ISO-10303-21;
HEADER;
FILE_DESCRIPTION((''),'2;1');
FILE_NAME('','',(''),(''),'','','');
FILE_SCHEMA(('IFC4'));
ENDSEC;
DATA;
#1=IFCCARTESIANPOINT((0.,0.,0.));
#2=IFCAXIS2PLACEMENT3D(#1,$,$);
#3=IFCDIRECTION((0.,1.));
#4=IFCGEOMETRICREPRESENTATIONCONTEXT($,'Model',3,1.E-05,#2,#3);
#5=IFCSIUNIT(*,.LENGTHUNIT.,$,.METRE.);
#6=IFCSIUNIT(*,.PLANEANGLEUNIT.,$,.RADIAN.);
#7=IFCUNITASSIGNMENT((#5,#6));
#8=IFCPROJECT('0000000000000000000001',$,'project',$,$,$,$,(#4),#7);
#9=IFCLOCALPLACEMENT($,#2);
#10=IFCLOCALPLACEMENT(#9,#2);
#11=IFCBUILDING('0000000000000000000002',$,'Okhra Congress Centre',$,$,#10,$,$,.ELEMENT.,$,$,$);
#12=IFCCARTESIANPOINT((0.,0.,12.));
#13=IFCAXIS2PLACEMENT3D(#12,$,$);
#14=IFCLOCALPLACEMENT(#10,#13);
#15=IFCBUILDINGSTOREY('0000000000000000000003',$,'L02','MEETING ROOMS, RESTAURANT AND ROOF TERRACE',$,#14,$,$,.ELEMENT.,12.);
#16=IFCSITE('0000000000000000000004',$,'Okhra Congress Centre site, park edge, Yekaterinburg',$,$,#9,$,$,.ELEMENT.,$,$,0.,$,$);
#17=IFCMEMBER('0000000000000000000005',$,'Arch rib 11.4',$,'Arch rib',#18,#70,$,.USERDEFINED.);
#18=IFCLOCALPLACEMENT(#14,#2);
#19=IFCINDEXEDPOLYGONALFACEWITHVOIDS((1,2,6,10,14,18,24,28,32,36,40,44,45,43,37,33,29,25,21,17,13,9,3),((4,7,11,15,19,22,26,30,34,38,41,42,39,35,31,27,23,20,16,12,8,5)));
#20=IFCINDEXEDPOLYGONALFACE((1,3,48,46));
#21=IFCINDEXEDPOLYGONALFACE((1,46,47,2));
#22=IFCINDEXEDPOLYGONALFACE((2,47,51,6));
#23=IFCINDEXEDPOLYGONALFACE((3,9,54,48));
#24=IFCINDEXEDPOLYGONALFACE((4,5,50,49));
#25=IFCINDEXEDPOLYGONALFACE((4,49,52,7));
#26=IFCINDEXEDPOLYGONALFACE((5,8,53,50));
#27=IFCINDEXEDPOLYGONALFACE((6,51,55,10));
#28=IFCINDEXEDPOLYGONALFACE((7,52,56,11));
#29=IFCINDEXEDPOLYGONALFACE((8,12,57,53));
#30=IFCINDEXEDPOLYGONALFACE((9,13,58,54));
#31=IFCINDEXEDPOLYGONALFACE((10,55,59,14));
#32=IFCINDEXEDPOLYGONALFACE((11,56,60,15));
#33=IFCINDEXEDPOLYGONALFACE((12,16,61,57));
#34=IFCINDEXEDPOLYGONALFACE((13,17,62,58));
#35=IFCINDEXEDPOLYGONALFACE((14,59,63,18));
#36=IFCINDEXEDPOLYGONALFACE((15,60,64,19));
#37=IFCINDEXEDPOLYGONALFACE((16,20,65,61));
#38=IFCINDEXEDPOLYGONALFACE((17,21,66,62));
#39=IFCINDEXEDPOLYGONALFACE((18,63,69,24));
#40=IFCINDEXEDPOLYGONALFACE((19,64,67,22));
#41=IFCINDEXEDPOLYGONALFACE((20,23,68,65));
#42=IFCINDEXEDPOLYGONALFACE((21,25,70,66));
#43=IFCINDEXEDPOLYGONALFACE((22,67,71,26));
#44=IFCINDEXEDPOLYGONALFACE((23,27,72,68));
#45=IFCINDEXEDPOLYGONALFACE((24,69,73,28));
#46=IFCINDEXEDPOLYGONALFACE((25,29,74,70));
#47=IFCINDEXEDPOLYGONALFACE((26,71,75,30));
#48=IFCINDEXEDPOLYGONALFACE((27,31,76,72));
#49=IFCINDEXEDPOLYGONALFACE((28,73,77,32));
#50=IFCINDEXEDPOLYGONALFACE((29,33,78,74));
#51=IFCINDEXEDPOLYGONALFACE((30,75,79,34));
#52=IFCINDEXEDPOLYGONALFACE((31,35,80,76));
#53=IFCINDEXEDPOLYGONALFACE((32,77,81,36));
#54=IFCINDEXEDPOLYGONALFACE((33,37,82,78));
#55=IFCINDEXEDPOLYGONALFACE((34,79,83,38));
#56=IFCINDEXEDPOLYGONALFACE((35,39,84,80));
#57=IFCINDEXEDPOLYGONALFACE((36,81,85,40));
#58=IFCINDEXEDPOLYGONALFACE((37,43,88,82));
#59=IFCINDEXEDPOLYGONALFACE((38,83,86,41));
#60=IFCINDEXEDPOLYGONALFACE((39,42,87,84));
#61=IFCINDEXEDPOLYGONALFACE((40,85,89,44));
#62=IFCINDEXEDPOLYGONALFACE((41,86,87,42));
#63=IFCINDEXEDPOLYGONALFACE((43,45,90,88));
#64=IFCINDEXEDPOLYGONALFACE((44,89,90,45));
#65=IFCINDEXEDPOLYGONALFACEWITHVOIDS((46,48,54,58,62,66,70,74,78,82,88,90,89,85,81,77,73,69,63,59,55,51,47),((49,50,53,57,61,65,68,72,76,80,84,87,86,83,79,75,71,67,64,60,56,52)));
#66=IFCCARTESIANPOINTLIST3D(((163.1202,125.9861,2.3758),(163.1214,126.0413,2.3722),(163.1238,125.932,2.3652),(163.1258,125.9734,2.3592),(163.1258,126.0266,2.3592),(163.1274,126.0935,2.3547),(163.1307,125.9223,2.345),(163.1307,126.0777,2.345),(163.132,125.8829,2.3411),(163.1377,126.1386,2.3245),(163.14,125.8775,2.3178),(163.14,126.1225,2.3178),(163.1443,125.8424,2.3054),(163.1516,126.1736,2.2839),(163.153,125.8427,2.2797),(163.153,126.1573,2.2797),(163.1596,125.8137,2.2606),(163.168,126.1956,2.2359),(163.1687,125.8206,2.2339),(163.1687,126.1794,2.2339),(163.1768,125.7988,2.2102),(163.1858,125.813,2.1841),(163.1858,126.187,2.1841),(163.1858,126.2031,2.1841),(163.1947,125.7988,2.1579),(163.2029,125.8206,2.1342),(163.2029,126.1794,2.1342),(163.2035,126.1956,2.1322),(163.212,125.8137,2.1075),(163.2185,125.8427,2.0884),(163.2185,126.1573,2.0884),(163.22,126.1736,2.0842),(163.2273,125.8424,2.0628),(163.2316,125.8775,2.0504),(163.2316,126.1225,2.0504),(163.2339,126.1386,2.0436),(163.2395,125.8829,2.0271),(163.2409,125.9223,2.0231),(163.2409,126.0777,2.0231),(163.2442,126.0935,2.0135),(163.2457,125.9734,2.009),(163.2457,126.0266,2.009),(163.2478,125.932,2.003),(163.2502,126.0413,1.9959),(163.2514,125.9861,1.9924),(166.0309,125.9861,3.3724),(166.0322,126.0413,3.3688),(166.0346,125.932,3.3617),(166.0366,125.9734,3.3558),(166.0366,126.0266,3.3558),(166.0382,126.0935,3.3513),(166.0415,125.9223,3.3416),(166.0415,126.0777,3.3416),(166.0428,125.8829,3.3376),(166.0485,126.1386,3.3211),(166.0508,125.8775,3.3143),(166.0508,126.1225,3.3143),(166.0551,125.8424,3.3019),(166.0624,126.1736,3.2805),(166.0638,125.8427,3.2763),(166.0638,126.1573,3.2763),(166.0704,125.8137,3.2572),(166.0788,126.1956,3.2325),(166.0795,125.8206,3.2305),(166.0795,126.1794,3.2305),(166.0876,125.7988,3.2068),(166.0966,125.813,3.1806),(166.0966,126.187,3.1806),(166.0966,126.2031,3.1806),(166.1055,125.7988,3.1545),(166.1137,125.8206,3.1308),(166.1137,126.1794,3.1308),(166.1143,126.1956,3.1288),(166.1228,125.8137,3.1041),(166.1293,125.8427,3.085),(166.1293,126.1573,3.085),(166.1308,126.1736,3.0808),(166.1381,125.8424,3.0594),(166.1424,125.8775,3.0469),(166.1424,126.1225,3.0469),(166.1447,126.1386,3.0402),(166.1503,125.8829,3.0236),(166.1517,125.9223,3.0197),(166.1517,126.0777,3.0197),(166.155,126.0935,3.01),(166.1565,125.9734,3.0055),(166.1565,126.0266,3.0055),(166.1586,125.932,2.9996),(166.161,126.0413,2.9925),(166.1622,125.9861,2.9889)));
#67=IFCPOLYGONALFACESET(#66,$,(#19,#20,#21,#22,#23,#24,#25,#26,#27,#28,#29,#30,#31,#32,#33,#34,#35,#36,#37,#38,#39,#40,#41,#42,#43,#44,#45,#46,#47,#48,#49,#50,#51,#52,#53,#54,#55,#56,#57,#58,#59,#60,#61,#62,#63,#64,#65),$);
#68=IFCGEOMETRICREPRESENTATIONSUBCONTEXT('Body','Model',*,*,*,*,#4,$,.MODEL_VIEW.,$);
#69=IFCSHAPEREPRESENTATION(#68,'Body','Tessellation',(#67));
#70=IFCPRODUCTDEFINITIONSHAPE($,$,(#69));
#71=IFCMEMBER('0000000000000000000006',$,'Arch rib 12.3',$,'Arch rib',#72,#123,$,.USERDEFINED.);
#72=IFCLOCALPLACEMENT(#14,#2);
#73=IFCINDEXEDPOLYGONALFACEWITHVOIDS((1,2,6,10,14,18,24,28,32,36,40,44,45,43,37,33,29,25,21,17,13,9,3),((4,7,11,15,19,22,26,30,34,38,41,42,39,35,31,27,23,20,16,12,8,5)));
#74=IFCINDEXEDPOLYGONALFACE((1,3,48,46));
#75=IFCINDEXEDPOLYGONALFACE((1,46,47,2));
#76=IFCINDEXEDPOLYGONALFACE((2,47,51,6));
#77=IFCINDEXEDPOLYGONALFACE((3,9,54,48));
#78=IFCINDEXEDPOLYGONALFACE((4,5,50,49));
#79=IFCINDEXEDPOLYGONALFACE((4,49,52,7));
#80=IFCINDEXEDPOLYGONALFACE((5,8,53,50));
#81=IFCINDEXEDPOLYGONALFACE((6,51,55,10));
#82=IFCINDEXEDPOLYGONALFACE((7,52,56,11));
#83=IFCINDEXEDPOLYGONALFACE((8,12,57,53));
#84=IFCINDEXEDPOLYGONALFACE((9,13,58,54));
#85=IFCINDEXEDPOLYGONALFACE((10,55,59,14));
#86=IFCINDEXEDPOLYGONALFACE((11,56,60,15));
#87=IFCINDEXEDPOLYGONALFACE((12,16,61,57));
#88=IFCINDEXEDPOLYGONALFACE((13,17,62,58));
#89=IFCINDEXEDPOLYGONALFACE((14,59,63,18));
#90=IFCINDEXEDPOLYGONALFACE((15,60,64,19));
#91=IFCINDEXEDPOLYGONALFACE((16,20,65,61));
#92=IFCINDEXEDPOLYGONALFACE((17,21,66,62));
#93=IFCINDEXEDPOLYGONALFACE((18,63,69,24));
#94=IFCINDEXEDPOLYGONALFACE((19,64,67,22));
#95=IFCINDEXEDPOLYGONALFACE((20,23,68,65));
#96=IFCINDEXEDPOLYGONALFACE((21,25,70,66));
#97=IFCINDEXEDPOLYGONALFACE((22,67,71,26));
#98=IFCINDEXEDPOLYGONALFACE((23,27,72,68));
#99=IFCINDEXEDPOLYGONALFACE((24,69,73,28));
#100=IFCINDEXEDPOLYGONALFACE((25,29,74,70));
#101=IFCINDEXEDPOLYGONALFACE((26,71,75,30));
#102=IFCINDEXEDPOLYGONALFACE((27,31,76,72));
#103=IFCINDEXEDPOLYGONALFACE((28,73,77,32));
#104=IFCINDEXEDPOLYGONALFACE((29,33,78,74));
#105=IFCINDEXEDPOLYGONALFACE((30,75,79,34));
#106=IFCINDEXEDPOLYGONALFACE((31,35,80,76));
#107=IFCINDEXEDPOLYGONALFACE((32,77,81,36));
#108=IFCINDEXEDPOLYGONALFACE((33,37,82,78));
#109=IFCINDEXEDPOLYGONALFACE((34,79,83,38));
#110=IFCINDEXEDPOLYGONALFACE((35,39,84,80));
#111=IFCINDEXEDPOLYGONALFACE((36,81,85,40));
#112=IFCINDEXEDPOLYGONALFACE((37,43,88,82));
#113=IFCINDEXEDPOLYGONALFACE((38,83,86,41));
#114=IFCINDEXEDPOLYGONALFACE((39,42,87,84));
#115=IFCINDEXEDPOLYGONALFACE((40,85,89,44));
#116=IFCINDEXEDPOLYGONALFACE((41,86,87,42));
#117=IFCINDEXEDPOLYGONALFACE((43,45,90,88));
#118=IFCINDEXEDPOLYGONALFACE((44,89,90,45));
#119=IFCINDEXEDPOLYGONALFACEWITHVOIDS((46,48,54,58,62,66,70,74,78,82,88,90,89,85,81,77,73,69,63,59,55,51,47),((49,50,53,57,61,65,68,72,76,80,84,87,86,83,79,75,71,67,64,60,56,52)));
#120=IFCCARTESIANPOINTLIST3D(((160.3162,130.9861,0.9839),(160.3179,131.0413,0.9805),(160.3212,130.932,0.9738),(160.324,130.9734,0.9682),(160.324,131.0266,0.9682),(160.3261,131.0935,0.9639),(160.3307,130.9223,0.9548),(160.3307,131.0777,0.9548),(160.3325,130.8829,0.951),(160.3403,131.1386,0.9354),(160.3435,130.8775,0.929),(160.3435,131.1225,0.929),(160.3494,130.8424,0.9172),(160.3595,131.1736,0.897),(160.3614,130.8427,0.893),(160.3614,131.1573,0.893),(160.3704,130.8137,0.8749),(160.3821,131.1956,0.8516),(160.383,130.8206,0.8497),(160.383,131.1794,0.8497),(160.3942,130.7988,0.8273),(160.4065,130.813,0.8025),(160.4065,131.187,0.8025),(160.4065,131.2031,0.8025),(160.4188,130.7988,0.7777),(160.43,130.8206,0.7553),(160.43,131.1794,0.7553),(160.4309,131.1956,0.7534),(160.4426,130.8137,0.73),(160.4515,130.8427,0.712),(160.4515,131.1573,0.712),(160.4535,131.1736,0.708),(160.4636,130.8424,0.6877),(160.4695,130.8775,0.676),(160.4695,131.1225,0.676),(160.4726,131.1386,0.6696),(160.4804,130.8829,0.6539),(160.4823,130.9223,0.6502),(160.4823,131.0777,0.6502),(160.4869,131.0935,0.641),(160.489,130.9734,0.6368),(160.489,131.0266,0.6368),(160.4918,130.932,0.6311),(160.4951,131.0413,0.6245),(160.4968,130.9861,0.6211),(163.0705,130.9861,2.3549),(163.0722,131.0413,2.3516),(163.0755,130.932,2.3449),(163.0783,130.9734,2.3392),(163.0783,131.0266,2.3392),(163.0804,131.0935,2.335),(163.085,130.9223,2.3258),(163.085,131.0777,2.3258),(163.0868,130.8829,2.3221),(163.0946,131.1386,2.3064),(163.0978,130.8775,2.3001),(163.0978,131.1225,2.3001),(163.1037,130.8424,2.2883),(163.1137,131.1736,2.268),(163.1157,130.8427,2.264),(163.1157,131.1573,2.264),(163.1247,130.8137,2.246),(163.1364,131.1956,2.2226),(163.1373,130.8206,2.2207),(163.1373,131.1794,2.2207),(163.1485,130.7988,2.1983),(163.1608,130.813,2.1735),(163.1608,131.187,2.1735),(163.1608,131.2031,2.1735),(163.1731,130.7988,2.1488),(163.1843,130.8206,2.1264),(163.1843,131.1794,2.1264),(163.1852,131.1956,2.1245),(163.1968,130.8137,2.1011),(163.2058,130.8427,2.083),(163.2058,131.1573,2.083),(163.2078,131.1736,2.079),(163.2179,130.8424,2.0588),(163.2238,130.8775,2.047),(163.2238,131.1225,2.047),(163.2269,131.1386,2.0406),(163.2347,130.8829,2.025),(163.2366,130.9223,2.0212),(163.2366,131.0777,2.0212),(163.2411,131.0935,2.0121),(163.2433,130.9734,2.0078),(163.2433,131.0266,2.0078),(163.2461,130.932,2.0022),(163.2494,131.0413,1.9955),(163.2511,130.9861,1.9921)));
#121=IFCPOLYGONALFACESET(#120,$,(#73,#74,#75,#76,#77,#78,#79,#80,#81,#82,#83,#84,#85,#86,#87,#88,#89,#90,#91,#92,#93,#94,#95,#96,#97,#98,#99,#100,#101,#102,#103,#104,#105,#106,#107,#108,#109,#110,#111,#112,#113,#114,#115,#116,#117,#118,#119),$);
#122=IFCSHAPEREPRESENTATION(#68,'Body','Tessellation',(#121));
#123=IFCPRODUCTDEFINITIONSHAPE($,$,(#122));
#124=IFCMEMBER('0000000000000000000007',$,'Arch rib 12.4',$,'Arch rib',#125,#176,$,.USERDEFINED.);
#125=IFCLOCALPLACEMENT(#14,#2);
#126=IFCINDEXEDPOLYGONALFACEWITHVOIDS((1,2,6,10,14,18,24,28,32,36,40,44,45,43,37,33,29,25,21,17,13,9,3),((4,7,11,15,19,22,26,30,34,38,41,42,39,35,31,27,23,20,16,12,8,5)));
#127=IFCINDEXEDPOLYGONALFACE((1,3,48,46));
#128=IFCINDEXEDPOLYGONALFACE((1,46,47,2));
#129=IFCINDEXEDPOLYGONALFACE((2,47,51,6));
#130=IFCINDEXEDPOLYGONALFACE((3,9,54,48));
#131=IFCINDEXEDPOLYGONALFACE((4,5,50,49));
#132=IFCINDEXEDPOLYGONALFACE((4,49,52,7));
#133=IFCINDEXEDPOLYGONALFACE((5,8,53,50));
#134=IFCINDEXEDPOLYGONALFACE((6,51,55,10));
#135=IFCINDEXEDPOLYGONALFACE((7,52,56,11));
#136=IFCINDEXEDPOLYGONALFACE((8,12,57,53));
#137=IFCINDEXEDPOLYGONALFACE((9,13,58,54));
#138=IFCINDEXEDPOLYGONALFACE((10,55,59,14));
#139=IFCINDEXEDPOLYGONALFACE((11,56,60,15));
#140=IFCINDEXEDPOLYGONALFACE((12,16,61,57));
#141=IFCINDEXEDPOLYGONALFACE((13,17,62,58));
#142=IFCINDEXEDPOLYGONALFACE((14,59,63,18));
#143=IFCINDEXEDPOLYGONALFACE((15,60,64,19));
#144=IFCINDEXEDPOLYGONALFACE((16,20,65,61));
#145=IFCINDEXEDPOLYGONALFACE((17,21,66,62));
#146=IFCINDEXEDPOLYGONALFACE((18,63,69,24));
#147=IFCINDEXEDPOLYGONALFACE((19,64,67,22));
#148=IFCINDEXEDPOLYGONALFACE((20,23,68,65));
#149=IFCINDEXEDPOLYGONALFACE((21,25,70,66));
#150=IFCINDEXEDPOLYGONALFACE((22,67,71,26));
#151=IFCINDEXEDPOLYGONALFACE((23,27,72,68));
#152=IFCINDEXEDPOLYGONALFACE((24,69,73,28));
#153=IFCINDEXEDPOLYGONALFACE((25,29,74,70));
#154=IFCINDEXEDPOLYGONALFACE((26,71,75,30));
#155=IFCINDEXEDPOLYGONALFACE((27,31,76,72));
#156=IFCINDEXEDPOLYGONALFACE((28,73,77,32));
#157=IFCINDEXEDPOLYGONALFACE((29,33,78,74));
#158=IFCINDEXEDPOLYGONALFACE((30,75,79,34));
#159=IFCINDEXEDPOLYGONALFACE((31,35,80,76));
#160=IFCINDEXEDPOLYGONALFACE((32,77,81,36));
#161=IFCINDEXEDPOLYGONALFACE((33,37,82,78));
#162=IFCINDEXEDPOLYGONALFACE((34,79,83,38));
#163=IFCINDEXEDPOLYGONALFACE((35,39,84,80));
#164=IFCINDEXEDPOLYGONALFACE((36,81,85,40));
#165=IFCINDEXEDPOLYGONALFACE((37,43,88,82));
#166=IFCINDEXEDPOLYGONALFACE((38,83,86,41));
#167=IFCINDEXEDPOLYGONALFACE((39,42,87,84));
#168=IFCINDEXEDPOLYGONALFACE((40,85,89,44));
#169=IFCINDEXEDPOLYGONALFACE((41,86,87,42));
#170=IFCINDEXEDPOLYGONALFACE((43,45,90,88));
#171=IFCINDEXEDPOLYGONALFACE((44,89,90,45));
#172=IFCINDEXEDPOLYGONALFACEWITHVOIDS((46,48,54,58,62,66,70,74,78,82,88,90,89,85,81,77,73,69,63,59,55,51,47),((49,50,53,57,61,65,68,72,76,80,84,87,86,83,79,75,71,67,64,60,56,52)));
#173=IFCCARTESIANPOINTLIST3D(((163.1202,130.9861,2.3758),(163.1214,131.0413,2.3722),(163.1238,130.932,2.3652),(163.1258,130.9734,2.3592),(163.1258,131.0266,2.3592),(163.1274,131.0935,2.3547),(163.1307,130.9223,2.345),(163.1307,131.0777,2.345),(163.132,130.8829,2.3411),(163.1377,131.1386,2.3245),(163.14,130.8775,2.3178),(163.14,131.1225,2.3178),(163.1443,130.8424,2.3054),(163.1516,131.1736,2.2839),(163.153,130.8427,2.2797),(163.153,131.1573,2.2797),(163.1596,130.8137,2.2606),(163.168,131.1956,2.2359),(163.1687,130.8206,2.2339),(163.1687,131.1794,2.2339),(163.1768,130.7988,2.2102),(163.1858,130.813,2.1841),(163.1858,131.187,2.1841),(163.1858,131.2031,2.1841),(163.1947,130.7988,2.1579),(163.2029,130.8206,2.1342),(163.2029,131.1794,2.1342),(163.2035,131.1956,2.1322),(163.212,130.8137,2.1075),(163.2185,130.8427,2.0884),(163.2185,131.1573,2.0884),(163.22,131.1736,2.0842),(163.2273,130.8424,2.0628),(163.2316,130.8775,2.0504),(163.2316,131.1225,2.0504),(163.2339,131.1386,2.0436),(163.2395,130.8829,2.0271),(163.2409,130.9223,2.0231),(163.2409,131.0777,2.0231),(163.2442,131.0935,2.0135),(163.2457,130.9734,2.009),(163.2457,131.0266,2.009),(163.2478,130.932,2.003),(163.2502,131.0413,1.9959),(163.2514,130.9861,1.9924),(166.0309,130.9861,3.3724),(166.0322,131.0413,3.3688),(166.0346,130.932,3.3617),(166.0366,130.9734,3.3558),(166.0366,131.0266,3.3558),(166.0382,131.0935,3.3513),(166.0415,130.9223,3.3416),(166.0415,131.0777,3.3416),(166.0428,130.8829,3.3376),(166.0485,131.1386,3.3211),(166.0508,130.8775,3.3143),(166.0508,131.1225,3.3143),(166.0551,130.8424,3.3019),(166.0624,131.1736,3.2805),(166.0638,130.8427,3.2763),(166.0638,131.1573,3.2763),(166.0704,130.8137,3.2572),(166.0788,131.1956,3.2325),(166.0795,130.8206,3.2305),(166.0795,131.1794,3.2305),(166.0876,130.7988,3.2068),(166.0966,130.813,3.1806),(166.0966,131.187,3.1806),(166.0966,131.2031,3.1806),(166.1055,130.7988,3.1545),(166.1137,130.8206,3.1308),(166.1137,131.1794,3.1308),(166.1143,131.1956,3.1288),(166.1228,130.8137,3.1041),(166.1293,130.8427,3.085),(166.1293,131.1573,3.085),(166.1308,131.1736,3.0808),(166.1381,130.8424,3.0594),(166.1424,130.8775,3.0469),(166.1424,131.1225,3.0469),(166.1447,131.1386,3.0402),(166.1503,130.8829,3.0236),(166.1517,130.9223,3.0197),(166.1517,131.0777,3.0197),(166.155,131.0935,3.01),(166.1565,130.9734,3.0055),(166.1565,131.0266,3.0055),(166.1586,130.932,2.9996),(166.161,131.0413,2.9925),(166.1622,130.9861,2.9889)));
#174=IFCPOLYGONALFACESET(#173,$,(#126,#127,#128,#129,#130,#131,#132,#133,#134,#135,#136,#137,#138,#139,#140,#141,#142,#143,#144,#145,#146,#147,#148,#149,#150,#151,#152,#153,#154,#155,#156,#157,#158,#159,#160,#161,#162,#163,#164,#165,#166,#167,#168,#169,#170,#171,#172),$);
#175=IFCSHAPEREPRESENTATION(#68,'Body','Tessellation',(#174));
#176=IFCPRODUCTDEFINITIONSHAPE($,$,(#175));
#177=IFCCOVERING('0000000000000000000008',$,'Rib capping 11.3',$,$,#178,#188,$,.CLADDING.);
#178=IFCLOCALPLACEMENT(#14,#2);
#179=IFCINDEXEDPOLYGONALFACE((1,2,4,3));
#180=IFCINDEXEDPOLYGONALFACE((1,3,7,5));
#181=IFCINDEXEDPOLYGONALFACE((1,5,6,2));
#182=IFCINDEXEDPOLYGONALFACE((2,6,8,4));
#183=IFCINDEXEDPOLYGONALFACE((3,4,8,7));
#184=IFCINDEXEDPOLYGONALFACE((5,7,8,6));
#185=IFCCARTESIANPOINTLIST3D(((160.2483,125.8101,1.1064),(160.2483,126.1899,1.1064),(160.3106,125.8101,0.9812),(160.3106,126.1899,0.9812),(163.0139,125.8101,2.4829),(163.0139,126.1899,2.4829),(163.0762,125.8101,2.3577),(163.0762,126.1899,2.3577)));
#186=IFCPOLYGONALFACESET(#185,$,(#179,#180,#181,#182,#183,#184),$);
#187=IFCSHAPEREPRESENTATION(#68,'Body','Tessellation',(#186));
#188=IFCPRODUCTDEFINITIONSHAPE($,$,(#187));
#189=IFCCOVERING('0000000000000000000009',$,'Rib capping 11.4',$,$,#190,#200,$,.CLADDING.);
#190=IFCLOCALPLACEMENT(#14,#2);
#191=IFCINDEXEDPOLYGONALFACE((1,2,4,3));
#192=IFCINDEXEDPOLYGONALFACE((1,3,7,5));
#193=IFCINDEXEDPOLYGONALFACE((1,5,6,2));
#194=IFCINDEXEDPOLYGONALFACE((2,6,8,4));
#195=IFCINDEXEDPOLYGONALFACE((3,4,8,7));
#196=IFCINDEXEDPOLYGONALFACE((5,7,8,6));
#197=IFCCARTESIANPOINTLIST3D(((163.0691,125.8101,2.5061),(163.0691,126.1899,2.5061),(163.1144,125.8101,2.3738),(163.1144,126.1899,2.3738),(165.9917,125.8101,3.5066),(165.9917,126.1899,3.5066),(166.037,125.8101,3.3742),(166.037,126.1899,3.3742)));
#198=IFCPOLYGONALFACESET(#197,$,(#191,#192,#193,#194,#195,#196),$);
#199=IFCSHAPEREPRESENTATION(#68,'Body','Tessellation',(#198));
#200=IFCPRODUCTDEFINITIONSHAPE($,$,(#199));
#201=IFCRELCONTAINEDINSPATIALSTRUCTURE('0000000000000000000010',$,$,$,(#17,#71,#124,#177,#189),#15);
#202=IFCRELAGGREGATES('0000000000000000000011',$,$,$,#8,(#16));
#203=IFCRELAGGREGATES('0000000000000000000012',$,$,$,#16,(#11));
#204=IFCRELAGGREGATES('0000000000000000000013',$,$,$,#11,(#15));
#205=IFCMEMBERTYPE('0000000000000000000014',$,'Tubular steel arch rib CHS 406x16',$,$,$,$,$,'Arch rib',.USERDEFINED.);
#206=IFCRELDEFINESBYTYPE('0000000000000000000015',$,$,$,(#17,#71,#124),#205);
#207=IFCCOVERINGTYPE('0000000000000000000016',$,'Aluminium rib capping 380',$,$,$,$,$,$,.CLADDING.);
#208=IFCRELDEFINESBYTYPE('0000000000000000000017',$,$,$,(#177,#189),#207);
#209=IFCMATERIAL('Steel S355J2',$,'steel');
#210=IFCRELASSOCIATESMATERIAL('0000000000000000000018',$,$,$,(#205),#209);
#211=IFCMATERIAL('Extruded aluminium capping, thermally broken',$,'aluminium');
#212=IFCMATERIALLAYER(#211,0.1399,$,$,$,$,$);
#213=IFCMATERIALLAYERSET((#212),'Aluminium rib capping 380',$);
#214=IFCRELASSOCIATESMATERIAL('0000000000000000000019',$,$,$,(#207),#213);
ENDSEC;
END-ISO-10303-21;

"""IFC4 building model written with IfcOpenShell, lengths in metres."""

from ifc_helpers import new_model, si_unit, direction, frame, origin, origin_2d, place, context, subcontext, project, spatial, polyline, hollow_circle, outline, extrude, material, layer, layer_set, material_profile, profile_set, type_object, element, save


model = new_model("IFC4")

# Units and contexts
model_context = context("Model", 3, precision=1e-05, world=origin(), true_north=direction((0.0, 1.0)))
body_context = subcontext(model_context, "Body", "Model", "MODEL_VIEW")
ifc_project = project(units=[si_unit("LENGTHUNIT", "METRE"), si_unit("PLANEANGLEUNIT", "RADIAN")], contexts=[model_context])

# Site, building, storey
site_placement = place(None, origin())
site = spatial("IfcSite", under=ifc_project, at=site_placement, Name="Okhra Congress Centre site, park edge, Yekaterinburg", CompositionType="ELEMENT", RefElevation=0.0)
building_placement = place(site_placement, origin())
building = spatial("IfcBuilding", under=site, at=building_placement, Name="Okhra Congress Centre", CompositionType="ELEMENT")
storey_placement = place(building_placement, frame((0.0, 0.0, 12.0)))
storey = spatial("IfcBuildingStorey", under=building, at=storey_placement, Name="L02", Description="MEETING ROOMS, RESTAURANT AND ROOF TERRACE", CompositionType="ELEMENT", Elevation=12.0)

# Members
ifc_material_1 = material(Name="Steel S355J2", Category="steel")
ifc_material_profile_1 = material_profile(ifc_material_1, hollow_circle(Radius=0.2031, WallThickness=0.0161, at=origin_2d()), Name="CHS 406.4x16")
ifc_profile_set_1 = profile_set([ifc_material_profile_1], Name="Steel S355J2")
member_type_1 = type_object("IfcMemberType", Name="Tubular steel arch rib CHS 406x16", ElementType="Arch rib", PredefinedType="USERDEFINED", material=ifc_profile_set_1)
for number, where, z_axis, x_axis, name in (
    (1, (163.1858, 126.0, 2.1841), (0.946089, 0.0, 0.323906), (0.0, 1.0, 0.0), "Arch rib 11.4"),
    (2, (160.4065, 131.0, 0.8025), (0.895219, 0.0, 0.445626), (0.0, 1.0, 0.0), "Arch rib 12.3"),
    (3, (163.1858, 131.0, 2.1841), (0.946089, 0.0, 0.323906), (0.0, 1.0, 0.0), "Arch rib 12.4"),
):
    element("IfcMember", number, at=place(storey_placement, frame(where, z_axis=z_axis, x_axis=x_axis)), inside=storey, type_object=member_type_1, Name=name, ObjectType="Arch rib", PredefinedType="USERDEFINED", context=body_context, shape_type="SweptSolid", body=[
        extrude(hollow_circle(Radius=0.2031, WallThickness=0.0161, at=origin_2d()), origin(), (0.0, 0.0, 1.0), 3.0767),
    ])

# Coverings
ifc_material_2 = material(Name="Extruded aluminium capping, thermally broken", Category="aluminium")
ifc_layer_1 = layer(ifc_material_2, 0.1399)
ifc_layer_set_1 = layer_set([ifc_layer_1], Name="Aluminium rib capping 380")
covering_type = type_object("IfcCoveringType", Name="Aluminium rib capping 380", PredefinedType="CLADDING", material=ifc_layer_set_1)
covering_1_placement = place(storey_placement, frame((160.2483, 125.8101, 1.1064), z_axis=(-0.445569, 0.0, 0.895248), x_axis=(0.895248, 0.0, 0.445569)))
element("IfcCovering", 4, at=covering_1_placement, inside=storey, type_object=covering_type, Name="Rib capping 11.3", PredefinedType="CLADDING", context=body_context, shape_type="SweptSolid", body=[
    extrude(outline(polyline([(0.0, 0.0), (3.0892, 0.0), (3.0892, 0.3799), (0.0, 0.3799), (0.0, 0.0)])), origin(), (0.0, 0.0, -1.0), 0.1399),
])
covering_2_placement = place(storey_placement, frame((163.0691, 125.8101, 2.5061), z_axis=(-0.323876, 0.0, 0.9461), x_axis=(0.9461, 0.0, 0.323876)))
element("IfcCovering", 5, at=covering_2_placement, inside=storey, type_object=covering_type, Name="Rib capping 11.4", PredefinedType="CLADDING", context=body_context, shape_type="SweptSolid", body=[
    extrude(outline(polyline([(0.0, 0.0), (3.0891, 0.0), (3.0891, 0.3799), (0.0, 0.3799), (0.0, 0.0)])), origin(), (0.0, 0.0, -1.0), 0.1399),
])

save(model, "model.ifc")
